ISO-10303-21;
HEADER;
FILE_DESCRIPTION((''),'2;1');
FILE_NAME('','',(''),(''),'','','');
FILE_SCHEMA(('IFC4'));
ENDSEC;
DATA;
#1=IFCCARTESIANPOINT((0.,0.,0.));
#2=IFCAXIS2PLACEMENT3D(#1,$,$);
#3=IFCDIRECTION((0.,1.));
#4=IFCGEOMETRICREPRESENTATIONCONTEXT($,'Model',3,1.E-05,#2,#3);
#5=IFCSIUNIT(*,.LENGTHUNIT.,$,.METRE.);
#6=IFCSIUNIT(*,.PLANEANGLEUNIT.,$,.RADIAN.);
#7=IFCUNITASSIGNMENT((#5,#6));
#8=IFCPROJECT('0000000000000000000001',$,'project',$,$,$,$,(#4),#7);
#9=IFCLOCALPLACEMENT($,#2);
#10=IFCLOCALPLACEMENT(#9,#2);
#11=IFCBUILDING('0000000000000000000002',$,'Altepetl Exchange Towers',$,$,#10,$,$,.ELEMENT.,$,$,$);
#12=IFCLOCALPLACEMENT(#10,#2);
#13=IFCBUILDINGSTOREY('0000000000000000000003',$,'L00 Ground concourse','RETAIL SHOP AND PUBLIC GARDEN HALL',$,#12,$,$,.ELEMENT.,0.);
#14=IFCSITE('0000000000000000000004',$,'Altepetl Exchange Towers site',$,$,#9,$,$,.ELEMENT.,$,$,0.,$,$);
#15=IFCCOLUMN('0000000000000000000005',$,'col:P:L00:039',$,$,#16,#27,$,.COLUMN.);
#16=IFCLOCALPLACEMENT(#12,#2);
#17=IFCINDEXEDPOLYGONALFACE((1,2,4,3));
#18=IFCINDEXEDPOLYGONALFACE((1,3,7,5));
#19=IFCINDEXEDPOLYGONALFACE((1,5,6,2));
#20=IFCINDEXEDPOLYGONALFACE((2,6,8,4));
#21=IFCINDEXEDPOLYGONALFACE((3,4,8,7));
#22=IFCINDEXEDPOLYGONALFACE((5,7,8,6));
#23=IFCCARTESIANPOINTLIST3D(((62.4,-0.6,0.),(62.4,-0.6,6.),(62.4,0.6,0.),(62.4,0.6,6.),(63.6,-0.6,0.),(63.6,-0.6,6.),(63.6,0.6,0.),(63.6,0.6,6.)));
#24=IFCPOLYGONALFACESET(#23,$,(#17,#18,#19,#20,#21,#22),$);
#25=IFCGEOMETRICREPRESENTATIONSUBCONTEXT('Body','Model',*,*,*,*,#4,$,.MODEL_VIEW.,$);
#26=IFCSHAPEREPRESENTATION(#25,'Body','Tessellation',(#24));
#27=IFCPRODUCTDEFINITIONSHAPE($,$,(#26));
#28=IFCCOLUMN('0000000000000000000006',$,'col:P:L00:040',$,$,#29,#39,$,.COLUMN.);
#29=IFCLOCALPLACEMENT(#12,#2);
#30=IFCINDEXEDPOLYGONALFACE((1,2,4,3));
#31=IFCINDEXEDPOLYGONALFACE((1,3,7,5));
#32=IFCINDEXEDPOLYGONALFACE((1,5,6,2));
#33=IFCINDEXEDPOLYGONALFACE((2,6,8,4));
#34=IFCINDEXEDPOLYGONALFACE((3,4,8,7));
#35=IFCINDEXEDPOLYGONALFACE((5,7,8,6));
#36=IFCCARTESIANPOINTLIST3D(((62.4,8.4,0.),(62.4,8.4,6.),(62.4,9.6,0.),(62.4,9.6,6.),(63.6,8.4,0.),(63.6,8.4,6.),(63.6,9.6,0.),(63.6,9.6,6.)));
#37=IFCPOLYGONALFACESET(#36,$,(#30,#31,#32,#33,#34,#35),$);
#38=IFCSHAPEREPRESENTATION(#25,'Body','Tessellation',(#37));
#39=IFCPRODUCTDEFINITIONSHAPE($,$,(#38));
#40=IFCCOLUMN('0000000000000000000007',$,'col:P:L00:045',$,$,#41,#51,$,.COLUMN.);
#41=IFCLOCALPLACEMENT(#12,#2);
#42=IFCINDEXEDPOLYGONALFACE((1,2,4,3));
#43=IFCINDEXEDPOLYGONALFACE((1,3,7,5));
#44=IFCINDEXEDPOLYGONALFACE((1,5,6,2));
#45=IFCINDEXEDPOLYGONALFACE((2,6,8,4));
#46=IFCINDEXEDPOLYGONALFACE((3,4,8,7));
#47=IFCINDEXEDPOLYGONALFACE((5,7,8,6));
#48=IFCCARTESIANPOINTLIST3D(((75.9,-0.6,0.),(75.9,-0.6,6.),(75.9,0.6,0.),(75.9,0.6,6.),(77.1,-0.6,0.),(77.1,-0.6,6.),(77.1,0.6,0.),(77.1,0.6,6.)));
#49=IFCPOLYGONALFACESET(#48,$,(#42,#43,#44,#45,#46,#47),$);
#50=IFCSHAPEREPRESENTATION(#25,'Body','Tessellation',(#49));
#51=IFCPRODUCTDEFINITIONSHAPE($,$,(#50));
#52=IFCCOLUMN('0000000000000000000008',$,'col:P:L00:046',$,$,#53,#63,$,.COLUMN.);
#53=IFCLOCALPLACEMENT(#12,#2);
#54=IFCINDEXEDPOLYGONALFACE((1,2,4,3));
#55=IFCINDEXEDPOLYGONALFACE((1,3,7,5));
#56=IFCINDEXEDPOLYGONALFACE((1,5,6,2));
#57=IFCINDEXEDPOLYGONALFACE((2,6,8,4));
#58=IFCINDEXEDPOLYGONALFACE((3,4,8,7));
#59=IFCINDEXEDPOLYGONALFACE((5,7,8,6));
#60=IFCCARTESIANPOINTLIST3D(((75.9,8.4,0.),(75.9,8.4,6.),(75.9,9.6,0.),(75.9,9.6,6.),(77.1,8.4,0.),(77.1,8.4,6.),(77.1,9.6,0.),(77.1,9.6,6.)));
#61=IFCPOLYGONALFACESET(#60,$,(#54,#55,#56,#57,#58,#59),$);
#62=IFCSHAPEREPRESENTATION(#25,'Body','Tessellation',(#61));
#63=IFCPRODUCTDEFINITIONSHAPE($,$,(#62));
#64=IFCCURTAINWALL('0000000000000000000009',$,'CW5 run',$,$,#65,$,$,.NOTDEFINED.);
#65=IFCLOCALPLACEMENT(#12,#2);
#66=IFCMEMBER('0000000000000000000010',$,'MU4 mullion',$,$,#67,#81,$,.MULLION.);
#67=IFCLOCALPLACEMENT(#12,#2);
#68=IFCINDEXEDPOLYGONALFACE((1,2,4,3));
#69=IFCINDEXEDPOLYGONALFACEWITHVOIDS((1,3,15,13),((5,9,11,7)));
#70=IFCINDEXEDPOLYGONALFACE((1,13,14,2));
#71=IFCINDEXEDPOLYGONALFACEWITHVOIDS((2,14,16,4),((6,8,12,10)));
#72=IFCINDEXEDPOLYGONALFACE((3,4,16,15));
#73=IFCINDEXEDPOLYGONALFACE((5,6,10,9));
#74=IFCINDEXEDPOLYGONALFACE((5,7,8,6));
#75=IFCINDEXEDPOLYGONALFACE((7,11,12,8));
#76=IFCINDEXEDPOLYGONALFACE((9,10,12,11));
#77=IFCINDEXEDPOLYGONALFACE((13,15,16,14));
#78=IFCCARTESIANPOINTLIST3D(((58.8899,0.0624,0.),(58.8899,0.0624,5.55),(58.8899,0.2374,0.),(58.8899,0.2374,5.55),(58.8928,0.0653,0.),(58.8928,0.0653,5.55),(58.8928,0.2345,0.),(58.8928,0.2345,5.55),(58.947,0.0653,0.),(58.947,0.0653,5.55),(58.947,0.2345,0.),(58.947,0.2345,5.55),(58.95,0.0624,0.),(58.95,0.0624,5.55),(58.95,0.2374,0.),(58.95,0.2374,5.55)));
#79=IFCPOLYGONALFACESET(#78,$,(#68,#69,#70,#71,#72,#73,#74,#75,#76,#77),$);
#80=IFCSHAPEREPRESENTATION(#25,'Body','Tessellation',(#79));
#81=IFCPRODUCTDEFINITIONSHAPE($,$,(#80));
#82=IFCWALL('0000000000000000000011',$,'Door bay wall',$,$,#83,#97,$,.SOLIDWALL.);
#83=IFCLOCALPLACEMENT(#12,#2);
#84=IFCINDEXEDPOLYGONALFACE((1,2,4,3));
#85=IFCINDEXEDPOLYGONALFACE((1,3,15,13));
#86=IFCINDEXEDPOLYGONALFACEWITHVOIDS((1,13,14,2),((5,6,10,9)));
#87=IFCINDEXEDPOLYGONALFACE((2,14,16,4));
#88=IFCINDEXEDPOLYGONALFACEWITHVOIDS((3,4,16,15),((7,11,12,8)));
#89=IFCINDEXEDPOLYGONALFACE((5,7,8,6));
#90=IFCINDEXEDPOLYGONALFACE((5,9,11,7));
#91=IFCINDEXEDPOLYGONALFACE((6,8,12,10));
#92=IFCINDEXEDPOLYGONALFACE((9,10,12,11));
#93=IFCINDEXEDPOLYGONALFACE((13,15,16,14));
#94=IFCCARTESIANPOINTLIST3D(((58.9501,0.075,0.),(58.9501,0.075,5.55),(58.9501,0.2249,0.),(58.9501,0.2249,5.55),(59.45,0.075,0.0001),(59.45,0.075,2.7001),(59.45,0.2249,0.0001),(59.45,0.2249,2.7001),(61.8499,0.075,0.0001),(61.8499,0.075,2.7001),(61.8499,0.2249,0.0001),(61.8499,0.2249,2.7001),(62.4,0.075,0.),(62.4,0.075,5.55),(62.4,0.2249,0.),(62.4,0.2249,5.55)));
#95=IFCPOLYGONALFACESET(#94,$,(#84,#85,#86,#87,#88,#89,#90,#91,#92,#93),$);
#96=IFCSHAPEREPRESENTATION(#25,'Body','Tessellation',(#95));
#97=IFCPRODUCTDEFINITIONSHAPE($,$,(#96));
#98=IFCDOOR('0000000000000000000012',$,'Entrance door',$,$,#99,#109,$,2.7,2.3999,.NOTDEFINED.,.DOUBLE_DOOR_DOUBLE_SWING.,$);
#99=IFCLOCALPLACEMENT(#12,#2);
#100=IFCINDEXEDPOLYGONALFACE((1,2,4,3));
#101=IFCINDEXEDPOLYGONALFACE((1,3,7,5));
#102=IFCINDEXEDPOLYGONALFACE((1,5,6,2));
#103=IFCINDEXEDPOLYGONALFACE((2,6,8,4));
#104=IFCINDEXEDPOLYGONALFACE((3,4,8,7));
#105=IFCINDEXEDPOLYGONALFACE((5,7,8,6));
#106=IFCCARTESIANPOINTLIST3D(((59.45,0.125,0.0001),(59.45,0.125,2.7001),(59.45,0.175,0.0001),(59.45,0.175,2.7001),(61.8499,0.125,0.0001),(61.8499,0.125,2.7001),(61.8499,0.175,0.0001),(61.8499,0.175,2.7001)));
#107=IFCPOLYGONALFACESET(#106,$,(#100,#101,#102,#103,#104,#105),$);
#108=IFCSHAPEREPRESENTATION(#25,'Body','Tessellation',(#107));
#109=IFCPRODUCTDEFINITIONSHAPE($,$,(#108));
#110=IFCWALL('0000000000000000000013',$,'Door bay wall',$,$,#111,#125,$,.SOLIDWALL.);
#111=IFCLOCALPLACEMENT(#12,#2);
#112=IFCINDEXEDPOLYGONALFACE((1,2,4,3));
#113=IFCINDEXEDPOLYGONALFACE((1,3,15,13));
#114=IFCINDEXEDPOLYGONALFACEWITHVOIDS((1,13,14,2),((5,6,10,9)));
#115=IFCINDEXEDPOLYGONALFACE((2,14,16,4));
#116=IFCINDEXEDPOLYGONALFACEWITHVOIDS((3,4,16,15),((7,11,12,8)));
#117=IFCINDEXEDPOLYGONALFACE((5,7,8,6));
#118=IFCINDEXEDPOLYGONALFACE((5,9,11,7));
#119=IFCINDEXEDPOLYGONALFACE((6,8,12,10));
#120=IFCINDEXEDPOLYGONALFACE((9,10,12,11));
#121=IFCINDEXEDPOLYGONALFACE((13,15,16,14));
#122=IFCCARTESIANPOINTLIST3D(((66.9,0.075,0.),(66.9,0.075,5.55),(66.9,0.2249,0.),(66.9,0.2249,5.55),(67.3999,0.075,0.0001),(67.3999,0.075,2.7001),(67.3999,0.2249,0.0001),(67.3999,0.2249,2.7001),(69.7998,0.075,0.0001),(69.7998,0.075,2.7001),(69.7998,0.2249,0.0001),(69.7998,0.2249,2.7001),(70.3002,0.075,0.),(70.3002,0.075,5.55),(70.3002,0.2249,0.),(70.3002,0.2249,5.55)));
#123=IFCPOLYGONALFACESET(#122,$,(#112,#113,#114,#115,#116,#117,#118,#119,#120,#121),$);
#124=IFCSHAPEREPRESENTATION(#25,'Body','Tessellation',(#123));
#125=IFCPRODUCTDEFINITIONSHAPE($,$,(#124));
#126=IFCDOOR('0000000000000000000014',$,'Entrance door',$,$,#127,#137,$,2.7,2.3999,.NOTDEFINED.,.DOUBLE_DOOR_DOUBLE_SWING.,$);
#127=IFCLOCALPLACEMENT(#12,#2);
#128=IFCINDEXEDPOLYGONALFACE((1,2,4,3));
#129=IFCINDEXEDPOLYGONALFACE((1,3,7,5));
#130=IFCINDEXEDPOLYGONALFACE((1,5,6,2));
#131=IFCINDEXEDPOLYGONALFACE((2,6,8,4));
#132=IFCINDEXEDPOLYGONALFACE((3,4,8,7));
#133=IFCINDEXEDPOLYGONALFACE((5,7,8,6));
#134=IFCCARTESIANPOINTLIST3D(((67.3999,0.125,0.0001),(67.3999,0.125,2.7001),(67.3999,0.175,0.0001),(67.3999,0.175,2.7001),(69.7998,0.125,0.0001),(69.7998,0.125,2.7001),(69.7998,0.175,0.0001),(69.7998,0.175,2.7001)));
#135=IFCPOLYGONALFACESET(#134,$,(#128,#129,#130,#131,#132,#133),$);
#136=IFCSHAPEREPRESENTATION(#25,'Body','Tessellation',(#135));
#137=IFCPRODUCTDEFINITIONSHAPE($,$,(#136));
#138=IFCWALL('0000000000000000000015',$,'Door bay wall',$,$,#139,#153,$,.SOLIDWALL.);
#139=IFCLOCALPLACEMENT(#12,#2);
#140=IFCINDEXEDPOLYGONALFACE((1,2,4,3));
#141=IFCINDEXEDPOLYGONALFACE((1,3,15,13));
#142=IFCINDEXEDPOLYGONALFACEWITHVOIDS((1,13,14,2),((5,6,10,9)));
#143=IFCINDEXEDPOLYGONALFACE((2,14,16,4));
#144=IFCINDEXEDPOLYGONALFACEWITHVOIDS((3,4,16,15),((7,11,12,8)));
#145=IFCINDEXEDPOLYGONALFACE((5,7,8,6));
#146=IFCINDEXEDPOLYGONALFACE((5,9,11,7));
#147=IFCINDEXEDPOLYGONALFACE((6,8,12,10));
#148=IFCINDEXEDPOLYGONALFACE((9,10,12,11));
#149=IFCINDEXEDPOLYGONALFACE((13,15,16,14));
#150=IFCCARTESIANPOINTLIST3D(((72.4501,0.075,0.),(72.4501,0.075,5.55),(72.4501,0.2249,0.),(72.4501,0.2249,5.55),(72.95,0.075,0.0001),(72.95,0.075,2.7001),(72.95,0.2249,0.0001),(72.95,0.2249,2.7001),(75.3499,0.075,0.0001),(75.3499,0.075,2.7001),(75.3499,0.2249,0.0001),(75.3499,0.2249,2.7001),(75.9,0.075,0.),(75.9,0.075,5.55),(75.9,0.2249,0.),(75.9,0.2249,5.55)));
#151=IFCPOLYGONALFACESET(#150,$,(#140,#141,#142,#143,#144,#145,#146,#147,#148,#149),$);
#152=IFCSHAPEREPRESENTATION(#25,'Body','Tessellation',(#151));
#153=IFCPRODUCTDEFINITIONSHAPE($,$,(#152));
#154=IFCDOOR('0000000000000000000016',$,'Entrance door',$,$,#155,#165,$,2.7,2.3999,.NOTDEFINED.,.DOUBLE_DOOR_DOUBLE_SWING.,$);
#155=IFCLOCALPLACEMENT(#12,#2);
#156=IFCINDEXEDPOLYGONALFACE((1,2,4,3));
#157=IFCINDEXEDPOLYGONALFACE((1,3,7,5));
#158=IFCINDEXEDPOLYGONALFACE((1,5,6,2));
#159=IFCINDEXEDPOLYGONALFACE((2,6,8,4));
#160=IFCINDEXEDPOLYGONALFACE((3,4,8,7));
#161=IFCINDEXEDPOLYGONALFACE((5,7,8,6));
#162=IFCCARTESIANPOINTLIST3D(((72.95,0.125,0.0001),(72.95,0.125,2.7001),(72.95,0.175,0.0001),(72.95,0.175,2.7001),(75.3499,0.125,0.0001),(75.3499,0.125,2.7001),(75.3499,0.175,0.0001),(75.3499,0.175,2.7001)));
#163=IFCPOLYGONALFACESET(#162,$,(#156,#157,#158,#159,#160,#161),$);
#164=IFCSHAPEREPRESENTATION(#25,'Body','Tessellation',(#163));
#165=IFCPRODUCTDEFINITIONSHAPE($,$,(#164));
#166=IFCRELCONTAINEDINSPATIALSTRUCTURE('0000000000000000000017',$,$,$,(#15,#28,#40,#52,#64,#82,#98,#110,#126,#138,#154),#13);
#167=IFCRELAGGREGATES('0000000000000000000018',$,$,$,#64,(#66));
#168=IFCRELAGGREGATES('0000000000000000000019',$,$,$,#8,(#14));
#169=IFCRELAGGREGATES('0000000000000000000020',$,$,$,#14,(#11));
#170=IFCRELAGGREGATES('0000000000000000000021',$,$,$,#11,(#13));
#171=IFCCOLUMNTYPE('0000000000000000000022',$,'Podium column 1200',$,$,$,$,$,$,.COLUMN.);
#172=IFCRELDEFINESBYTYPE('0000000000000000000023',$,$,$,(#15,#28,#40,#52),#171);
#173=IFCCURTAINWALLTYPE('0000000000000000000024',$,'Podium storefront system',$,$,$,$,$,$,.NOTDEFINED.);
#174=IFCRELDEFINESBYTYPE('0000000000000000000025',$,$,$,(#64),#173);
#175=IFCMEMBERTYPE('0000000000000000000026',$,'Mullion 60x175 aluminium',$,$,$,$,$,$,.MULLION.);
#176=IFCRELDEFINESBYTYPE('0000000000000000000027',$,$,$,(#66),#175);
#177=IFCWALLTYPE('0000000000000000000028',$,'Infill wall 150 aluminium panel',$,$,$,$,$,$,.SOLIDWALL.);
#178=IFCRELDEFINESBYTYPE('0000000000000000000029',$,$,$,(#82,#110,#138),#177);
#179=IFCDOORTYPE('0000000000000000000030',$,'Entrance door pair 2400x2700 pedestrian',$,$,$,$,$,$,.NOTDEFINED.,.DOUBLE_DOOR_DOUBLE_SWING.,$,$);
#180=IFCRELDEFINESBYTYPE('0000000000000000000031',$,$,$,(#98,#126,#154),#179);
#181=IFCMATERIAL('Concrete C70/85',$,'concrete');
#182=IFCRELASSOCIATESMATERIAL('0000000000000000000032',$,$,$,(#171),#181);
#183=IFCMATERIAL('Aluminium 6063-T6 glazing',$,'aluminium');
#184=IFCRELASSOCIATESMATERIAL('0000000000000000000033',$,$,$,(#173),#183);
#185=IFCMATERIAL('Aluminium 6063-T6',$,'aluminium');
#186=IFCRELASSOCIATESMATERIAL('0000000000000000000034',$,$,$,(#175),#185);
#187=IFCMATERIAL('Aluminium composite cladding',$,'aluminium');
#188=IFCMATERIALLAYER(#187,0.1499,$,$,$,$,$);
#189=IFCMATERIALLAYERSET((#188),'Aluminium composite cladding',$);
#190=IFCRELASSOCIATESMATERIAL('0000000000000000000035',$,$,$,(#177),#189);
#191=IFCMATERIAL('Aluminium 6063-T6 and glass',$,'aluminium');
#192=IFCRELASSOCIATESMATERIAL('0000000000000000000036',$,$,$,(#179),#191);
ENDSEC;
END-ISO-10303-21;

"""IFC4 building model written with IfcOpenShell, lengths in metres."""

from ifc_helpers import new_model, si_unit, direction, frame, frame_2d, origin, origin_2d, place, context, subcontext, project, spatial, rectangle, hollow_rectangle, extrude, material, layer, layer_set, material_profile, profile_set, type_object, element, fill, aggregate, save


model = new_model("IFC4")

# Units and contexts
model_context = context("Model", 3, precision=1e-05, world=origin(), true_north=direction((0.0, 1.0)))
body_context = subcontext(model_context, "Body", "Model", "MODEL_VIEW")
ifc_project = project(units=[si_unit("LENGTHUNIT", "METRE"), si_unit("PLANEANGLEUNIT", "RADIAN")], contexts=[model_context])

# Site, building, storey
site_placement = place(None, origin())
site = spatial("IfcSite", under=ifc_project, at=site_placement, Name="Altepetl Exchange Towers site", CompositionType="ELEMENT", RefElevation=0.0)
building_placement = place(site_placement, origin())
building = spatial("IfcBuilding", under=site, at=building_placement, Name="Altepetl Exchange Towers", CompositionType="ELEMENT")
storey_placement = place(building_placement, origin())
storey = spatial("IfcBuildingStorey", under=building, at=storey_placement, Name="L00 Ground concourse", Description="RETAIL SHOP AND PUBLIC GARDEN HALL", CompositionType="ELEMENT", Elevation=0.0)

# Columns
ifc_material_1 = material(Name="Concrete C70/85", Category="concrete")
ifc_material_profile_1 = material_profile(ifc_material_1, rectangle(XDim=1.2, YDim=1.2, at=origin_2d()), Name="1200 x 1200")
ifc_profile_set_1 = profile_set([ifc_material_profile_1], Name="Concrete C70/85")
column_type = type_object("IfcColumnType", Name="Podium column 1200", PredefinedType="COLUMN", material=ifc_profile_set_1)
for number, where, name in (
    (1, (63.0, 0.0, 0.0), "col:P:L00:039"),
    (2, (63.0, 9.0, 0.0), "col:P:L00:040"),
    (3, (76.5, 0.0, 0.0), "col:P:L00:045"),
    (4, (76.5, 9.0, 0.0), "col:P:L00:046"),
):
    element("IfcColumn", number, at=place(storey_placement, frame(where)), inside=storey, type_object=column_type, Name=name, PredefinedType="COLUMN", context=body_context, shape_type="SweptSolid", body=[
        extrude(rectangle(XDim=1.2, YDim=1.2, at=origin_2d()), origin(), (0.0, 0.0, 1.0), 6.0),
    ])

# Curtain wall, member
ifc_material_2 = material(Name="Aluminium 6063-T6 glazing", Category="aluminium")
curtain_wall_type = type_object("IfcCurtainWallType", Name="Podium storefront system", PredefinedType="NOTDEFINED", material=ifc_material_2)
curtain_wall_placement = place(storey_placement, origin())
curtain_wall = element("IfcCurtainWall", 5, at=curtain_wall_placement, inside=storey, type_object=curtain_wall_type, Name="CW5 run", PredefinedType="NOTDEFINED")
ifc_material_3 = material(Name="Aluminium 6063-T6", Category="aluminium")
ifc_material_profile_2 = material_profile(ifc_material_3, hollow_rectangle(XDim=0.0601, YDim=0.175, WallThickness=0.0029, at=origin_2d()), Name="Mullion 60x175 aluminium")
ifc_profile_set_2 = profile_set([ifc_material_profile_2], Name="Aluminium 6063-T6")
member_type = type_object("IfcMemberType", Name="Mullion 60x175 aluminium", PredefinedType="MULLION", material=ifc_profile_set_2)
member_placement = place(storey_placement, frame((58.9199, 0.1499, 0.0)))
member = element("IfcMember", 6, at=member_placement, type_object=member_type, Name="MU4 mullion", PredefinedType="MULLION", context=body_context, shape_type="SweptSolid", body=[
    extrude(hollow_rectangle(XDim=0.0601, YDim=0.175, WallThickness=0.0029, at=origin_2d()), origin(), (0.0, 0.0, 1.0), 5.55),
])
aggregate(curtain_wall, [member])

# Walls, openings, doors
ifc_material_4 = material(Name="Aluminium composite cladding", Category="aluminium")
ifc_layer_1 = layer(ifc_material_4, 0.1499)
ifc_layer_set_1 = layer_set([ifc_layer_1], Name="Aluminium composite cladding")
wall_type_1 = type_object("IfcWallType", Name="Infill wall 150 aluminium panel", PredefinedType="SOLIDWALL", material=ifc_layer_set_1)
wall_1_placement = place(storey_placement, frame((58.95, 0.1499, 0.0)))
wall_1 = element("IfcWall", 7, at=wall_1_placement, inside=storey, type_object=wall_type_1, Name="Door bay wall", PredefinedType="SOLIDWALL", context=body_context, shape_type="SweptSolid", body=[
    extrude(rectangle(XDim=3.45, YDim=0.1499, at=frame_2d((1.7251, 0.0))), origin(), (0.0, 0.0, 1.0), 5.55),
])
opening_1_placement = place(wall_1_placement, frame((0.5, 0.0, 0.0)))
opening_1 = element("IfcOpeningElement", 8, at=opening_1_placement, cuts=wall_1, PredefinedType="OPENING", context=body_context, shape_type="SweptSolid", body=[
    extrude(rectangle(XDim=2.3999, YDim=2.7, at=frame_2d((1.2, 1.3501))), frame((0.0, 0.085, 0.0), z_axis=(0.0, -1.0, 0.0), x_axis=(1.0, 0.0, 0.0)), (0.0, 0.0, 1.0), 0.1699),
])
ifc_material_5 = material(Name="Aluminium 6063-T6 and glass", Category="aluminium")
door_type_1 = type_object("IfcDoorType", Name="Entrance door pair 2400x2700 pedestrian", OperationType="DOUBLE_DOOR_DOUBLE_SWING", PredefinedType="NOTDEFINED", material=ifc_material_5)
door_1_placement = place(opening_1_placement, frame((2.3999, 0.0, 0.0), x_axis=(-1.0, 0.0, 0.0)))
door_1 = element("IfcDoor", 9, at=door_1_placement, inside=storey, type_object=door_type_1, Name="Entrance door", OperationType="DOUBLE_DOOR_DOUBLE_SWING", OverallHeight=2.7, OverallWidth=2.3999, PredefinedType="NOTDEFINED", context=body_context, shape_type="SweptSolid", body=[
    extrude(rectangle(XDim=2.3999, YDim=2.7, at=frame_2d((1.2, 1.3501))), frame((0.0, 0.0249, 0.0), z_axis=(0.0, -1.0, 0.0), x_axis=(1.0, 0.0, 0.0)), (0.0, 0.0, 1.0), 0.05),
])
fill(opening_1, door_1)
wall_2_placement = place(storey_placement, frame((66.8999, 0.1499, 0.0)))
wall_2 = element("IfcWall", 10, at=wall_2_placement, inside=storey, type_object=wall_type_1, Name="Door bay wall", PredefinedType="SOLIDWALL", context=body_context, shape_type="SweptSolid", body=[
    extrude(rectangle(XDim=3.4001, YDim=0.1499, at=frame_2d((1.7002, 0.0))), origin(), (0.0, 0.0, 1.0), 5.55),
])
opening_2_placement = place(wall_2_placement, frame((0.5, 0.0, 0.0)))
opening_2 = element("IfcOpeningElement", 11, at=opening_2_placement, cuts=wall_2, PredefinedType="OPENING", context=body_context, shape_type="SweptSolid", body=[
    extrude(rectangle(XDim=2.3999, YDim=2.7, at=frame_2d((1.2, 1.3501))), frame((0.0, 0.085, 0.0), z_axis=(0.0, -1.0, 0.0), x_axis=(1.0, 0.0, 0.0)), (0.0, 0.0, 1.0), 0.1699),
])
door_2_placement = place(opening_2_placement, frame((2.3999, 0.0, 0.0), x_axis=(-1.0, 0.0, 0.0)))
door_2 = element("IfcDoor", 12, at=door_2_placement, inside=storey, type_object=door_type_1, Name="Entrance door", OperationType="DOUBLE_DOOR_DOUBLE_SWING", OverallHeight=2.7, OverallWidth=2.3999, PredefinedType="NOTDEFINED", context=body_context, shape_type="SweptSolid", body=[
    extrude(rectangle(XDim=2.3999, YDim=2.7, at=frame_2d((1.2, 1.3501))), frame((0.0, 0.0249, 0.0), z_axis=(0.0, -1.0, 0.0), x_axis=(1.0, 0.0, 0.0)), (0.0, 0.0, 1.0), 0.05),
])
fill(opening_2, door_2)
wall_3_placement = place(storey_placement, frame((72.45, 0.1499, 0.0)))
wall_3 = element("IfcWall", 13, at=wall_3_placement, inside=storey, type_object=wall_type_1, Name="Door bay wall", PredefinedType="SOLIDWALL", context=body_context, shape_type="SweptSolid", body=[
    extrude(rectangle(XDim=3.45, YDim=0.1499, at=frame_2d((1.7251, 0.0))), origin(), (0.0, 0.0, 1.0), 5.55),
])
opening_3_placement = place(wall_3_placement, frame((0.5, 0.0, 0.0)))
opening_3 = element("IfcOpeningElement", 14, at=opening_3_placement, cuts=wall_3, PredefinedType="OPENING", context=body_context, shape_type="SweptSolid", body=[
    extrude(rectangle(XDim=2.3999, YDim=2.7, at=frame_2d((1.2, 1.3501))), frame((0.0, 0.085, 0.0), z_axis=(0.0, -1.0, 0.0), x_axis=(1.0, 0.0, 0.0)), (0.0, 0.0, 1.0), 0.1699),
])
door_3_placement = place(opening_3_placement, frame((2.3999, 0.0, 0.0), x_axis=(-1.0, 0.0, 0.0)))
door_3 = element("IfcDoor", 15, at=door_3_placement, inside=storey, type_object=door_type_1, Name="Entrance door", OperationType="DOUBLE_DOOR_DOUBLE_SWING", OverallHeight=2.7, OverallWidth=2.3999, PredefinedType="NOTDEFINED", context=body_context, shape_type="SweptSolid", body=[
    extrude(rectangle(XDim=2.3999, YDim=2.7, at=frame_2d((1.2, 1.3501))), frame((0.0, 0.0249, 0.0), z_axis=(0.0, -1.0, 0.0), x_axis=(1.0, 0.0, 0.0)), (0.0, 0.0, 1.0), 0.05),
])
fill(opening_3, door_3)

save(model, "model.ifc")
